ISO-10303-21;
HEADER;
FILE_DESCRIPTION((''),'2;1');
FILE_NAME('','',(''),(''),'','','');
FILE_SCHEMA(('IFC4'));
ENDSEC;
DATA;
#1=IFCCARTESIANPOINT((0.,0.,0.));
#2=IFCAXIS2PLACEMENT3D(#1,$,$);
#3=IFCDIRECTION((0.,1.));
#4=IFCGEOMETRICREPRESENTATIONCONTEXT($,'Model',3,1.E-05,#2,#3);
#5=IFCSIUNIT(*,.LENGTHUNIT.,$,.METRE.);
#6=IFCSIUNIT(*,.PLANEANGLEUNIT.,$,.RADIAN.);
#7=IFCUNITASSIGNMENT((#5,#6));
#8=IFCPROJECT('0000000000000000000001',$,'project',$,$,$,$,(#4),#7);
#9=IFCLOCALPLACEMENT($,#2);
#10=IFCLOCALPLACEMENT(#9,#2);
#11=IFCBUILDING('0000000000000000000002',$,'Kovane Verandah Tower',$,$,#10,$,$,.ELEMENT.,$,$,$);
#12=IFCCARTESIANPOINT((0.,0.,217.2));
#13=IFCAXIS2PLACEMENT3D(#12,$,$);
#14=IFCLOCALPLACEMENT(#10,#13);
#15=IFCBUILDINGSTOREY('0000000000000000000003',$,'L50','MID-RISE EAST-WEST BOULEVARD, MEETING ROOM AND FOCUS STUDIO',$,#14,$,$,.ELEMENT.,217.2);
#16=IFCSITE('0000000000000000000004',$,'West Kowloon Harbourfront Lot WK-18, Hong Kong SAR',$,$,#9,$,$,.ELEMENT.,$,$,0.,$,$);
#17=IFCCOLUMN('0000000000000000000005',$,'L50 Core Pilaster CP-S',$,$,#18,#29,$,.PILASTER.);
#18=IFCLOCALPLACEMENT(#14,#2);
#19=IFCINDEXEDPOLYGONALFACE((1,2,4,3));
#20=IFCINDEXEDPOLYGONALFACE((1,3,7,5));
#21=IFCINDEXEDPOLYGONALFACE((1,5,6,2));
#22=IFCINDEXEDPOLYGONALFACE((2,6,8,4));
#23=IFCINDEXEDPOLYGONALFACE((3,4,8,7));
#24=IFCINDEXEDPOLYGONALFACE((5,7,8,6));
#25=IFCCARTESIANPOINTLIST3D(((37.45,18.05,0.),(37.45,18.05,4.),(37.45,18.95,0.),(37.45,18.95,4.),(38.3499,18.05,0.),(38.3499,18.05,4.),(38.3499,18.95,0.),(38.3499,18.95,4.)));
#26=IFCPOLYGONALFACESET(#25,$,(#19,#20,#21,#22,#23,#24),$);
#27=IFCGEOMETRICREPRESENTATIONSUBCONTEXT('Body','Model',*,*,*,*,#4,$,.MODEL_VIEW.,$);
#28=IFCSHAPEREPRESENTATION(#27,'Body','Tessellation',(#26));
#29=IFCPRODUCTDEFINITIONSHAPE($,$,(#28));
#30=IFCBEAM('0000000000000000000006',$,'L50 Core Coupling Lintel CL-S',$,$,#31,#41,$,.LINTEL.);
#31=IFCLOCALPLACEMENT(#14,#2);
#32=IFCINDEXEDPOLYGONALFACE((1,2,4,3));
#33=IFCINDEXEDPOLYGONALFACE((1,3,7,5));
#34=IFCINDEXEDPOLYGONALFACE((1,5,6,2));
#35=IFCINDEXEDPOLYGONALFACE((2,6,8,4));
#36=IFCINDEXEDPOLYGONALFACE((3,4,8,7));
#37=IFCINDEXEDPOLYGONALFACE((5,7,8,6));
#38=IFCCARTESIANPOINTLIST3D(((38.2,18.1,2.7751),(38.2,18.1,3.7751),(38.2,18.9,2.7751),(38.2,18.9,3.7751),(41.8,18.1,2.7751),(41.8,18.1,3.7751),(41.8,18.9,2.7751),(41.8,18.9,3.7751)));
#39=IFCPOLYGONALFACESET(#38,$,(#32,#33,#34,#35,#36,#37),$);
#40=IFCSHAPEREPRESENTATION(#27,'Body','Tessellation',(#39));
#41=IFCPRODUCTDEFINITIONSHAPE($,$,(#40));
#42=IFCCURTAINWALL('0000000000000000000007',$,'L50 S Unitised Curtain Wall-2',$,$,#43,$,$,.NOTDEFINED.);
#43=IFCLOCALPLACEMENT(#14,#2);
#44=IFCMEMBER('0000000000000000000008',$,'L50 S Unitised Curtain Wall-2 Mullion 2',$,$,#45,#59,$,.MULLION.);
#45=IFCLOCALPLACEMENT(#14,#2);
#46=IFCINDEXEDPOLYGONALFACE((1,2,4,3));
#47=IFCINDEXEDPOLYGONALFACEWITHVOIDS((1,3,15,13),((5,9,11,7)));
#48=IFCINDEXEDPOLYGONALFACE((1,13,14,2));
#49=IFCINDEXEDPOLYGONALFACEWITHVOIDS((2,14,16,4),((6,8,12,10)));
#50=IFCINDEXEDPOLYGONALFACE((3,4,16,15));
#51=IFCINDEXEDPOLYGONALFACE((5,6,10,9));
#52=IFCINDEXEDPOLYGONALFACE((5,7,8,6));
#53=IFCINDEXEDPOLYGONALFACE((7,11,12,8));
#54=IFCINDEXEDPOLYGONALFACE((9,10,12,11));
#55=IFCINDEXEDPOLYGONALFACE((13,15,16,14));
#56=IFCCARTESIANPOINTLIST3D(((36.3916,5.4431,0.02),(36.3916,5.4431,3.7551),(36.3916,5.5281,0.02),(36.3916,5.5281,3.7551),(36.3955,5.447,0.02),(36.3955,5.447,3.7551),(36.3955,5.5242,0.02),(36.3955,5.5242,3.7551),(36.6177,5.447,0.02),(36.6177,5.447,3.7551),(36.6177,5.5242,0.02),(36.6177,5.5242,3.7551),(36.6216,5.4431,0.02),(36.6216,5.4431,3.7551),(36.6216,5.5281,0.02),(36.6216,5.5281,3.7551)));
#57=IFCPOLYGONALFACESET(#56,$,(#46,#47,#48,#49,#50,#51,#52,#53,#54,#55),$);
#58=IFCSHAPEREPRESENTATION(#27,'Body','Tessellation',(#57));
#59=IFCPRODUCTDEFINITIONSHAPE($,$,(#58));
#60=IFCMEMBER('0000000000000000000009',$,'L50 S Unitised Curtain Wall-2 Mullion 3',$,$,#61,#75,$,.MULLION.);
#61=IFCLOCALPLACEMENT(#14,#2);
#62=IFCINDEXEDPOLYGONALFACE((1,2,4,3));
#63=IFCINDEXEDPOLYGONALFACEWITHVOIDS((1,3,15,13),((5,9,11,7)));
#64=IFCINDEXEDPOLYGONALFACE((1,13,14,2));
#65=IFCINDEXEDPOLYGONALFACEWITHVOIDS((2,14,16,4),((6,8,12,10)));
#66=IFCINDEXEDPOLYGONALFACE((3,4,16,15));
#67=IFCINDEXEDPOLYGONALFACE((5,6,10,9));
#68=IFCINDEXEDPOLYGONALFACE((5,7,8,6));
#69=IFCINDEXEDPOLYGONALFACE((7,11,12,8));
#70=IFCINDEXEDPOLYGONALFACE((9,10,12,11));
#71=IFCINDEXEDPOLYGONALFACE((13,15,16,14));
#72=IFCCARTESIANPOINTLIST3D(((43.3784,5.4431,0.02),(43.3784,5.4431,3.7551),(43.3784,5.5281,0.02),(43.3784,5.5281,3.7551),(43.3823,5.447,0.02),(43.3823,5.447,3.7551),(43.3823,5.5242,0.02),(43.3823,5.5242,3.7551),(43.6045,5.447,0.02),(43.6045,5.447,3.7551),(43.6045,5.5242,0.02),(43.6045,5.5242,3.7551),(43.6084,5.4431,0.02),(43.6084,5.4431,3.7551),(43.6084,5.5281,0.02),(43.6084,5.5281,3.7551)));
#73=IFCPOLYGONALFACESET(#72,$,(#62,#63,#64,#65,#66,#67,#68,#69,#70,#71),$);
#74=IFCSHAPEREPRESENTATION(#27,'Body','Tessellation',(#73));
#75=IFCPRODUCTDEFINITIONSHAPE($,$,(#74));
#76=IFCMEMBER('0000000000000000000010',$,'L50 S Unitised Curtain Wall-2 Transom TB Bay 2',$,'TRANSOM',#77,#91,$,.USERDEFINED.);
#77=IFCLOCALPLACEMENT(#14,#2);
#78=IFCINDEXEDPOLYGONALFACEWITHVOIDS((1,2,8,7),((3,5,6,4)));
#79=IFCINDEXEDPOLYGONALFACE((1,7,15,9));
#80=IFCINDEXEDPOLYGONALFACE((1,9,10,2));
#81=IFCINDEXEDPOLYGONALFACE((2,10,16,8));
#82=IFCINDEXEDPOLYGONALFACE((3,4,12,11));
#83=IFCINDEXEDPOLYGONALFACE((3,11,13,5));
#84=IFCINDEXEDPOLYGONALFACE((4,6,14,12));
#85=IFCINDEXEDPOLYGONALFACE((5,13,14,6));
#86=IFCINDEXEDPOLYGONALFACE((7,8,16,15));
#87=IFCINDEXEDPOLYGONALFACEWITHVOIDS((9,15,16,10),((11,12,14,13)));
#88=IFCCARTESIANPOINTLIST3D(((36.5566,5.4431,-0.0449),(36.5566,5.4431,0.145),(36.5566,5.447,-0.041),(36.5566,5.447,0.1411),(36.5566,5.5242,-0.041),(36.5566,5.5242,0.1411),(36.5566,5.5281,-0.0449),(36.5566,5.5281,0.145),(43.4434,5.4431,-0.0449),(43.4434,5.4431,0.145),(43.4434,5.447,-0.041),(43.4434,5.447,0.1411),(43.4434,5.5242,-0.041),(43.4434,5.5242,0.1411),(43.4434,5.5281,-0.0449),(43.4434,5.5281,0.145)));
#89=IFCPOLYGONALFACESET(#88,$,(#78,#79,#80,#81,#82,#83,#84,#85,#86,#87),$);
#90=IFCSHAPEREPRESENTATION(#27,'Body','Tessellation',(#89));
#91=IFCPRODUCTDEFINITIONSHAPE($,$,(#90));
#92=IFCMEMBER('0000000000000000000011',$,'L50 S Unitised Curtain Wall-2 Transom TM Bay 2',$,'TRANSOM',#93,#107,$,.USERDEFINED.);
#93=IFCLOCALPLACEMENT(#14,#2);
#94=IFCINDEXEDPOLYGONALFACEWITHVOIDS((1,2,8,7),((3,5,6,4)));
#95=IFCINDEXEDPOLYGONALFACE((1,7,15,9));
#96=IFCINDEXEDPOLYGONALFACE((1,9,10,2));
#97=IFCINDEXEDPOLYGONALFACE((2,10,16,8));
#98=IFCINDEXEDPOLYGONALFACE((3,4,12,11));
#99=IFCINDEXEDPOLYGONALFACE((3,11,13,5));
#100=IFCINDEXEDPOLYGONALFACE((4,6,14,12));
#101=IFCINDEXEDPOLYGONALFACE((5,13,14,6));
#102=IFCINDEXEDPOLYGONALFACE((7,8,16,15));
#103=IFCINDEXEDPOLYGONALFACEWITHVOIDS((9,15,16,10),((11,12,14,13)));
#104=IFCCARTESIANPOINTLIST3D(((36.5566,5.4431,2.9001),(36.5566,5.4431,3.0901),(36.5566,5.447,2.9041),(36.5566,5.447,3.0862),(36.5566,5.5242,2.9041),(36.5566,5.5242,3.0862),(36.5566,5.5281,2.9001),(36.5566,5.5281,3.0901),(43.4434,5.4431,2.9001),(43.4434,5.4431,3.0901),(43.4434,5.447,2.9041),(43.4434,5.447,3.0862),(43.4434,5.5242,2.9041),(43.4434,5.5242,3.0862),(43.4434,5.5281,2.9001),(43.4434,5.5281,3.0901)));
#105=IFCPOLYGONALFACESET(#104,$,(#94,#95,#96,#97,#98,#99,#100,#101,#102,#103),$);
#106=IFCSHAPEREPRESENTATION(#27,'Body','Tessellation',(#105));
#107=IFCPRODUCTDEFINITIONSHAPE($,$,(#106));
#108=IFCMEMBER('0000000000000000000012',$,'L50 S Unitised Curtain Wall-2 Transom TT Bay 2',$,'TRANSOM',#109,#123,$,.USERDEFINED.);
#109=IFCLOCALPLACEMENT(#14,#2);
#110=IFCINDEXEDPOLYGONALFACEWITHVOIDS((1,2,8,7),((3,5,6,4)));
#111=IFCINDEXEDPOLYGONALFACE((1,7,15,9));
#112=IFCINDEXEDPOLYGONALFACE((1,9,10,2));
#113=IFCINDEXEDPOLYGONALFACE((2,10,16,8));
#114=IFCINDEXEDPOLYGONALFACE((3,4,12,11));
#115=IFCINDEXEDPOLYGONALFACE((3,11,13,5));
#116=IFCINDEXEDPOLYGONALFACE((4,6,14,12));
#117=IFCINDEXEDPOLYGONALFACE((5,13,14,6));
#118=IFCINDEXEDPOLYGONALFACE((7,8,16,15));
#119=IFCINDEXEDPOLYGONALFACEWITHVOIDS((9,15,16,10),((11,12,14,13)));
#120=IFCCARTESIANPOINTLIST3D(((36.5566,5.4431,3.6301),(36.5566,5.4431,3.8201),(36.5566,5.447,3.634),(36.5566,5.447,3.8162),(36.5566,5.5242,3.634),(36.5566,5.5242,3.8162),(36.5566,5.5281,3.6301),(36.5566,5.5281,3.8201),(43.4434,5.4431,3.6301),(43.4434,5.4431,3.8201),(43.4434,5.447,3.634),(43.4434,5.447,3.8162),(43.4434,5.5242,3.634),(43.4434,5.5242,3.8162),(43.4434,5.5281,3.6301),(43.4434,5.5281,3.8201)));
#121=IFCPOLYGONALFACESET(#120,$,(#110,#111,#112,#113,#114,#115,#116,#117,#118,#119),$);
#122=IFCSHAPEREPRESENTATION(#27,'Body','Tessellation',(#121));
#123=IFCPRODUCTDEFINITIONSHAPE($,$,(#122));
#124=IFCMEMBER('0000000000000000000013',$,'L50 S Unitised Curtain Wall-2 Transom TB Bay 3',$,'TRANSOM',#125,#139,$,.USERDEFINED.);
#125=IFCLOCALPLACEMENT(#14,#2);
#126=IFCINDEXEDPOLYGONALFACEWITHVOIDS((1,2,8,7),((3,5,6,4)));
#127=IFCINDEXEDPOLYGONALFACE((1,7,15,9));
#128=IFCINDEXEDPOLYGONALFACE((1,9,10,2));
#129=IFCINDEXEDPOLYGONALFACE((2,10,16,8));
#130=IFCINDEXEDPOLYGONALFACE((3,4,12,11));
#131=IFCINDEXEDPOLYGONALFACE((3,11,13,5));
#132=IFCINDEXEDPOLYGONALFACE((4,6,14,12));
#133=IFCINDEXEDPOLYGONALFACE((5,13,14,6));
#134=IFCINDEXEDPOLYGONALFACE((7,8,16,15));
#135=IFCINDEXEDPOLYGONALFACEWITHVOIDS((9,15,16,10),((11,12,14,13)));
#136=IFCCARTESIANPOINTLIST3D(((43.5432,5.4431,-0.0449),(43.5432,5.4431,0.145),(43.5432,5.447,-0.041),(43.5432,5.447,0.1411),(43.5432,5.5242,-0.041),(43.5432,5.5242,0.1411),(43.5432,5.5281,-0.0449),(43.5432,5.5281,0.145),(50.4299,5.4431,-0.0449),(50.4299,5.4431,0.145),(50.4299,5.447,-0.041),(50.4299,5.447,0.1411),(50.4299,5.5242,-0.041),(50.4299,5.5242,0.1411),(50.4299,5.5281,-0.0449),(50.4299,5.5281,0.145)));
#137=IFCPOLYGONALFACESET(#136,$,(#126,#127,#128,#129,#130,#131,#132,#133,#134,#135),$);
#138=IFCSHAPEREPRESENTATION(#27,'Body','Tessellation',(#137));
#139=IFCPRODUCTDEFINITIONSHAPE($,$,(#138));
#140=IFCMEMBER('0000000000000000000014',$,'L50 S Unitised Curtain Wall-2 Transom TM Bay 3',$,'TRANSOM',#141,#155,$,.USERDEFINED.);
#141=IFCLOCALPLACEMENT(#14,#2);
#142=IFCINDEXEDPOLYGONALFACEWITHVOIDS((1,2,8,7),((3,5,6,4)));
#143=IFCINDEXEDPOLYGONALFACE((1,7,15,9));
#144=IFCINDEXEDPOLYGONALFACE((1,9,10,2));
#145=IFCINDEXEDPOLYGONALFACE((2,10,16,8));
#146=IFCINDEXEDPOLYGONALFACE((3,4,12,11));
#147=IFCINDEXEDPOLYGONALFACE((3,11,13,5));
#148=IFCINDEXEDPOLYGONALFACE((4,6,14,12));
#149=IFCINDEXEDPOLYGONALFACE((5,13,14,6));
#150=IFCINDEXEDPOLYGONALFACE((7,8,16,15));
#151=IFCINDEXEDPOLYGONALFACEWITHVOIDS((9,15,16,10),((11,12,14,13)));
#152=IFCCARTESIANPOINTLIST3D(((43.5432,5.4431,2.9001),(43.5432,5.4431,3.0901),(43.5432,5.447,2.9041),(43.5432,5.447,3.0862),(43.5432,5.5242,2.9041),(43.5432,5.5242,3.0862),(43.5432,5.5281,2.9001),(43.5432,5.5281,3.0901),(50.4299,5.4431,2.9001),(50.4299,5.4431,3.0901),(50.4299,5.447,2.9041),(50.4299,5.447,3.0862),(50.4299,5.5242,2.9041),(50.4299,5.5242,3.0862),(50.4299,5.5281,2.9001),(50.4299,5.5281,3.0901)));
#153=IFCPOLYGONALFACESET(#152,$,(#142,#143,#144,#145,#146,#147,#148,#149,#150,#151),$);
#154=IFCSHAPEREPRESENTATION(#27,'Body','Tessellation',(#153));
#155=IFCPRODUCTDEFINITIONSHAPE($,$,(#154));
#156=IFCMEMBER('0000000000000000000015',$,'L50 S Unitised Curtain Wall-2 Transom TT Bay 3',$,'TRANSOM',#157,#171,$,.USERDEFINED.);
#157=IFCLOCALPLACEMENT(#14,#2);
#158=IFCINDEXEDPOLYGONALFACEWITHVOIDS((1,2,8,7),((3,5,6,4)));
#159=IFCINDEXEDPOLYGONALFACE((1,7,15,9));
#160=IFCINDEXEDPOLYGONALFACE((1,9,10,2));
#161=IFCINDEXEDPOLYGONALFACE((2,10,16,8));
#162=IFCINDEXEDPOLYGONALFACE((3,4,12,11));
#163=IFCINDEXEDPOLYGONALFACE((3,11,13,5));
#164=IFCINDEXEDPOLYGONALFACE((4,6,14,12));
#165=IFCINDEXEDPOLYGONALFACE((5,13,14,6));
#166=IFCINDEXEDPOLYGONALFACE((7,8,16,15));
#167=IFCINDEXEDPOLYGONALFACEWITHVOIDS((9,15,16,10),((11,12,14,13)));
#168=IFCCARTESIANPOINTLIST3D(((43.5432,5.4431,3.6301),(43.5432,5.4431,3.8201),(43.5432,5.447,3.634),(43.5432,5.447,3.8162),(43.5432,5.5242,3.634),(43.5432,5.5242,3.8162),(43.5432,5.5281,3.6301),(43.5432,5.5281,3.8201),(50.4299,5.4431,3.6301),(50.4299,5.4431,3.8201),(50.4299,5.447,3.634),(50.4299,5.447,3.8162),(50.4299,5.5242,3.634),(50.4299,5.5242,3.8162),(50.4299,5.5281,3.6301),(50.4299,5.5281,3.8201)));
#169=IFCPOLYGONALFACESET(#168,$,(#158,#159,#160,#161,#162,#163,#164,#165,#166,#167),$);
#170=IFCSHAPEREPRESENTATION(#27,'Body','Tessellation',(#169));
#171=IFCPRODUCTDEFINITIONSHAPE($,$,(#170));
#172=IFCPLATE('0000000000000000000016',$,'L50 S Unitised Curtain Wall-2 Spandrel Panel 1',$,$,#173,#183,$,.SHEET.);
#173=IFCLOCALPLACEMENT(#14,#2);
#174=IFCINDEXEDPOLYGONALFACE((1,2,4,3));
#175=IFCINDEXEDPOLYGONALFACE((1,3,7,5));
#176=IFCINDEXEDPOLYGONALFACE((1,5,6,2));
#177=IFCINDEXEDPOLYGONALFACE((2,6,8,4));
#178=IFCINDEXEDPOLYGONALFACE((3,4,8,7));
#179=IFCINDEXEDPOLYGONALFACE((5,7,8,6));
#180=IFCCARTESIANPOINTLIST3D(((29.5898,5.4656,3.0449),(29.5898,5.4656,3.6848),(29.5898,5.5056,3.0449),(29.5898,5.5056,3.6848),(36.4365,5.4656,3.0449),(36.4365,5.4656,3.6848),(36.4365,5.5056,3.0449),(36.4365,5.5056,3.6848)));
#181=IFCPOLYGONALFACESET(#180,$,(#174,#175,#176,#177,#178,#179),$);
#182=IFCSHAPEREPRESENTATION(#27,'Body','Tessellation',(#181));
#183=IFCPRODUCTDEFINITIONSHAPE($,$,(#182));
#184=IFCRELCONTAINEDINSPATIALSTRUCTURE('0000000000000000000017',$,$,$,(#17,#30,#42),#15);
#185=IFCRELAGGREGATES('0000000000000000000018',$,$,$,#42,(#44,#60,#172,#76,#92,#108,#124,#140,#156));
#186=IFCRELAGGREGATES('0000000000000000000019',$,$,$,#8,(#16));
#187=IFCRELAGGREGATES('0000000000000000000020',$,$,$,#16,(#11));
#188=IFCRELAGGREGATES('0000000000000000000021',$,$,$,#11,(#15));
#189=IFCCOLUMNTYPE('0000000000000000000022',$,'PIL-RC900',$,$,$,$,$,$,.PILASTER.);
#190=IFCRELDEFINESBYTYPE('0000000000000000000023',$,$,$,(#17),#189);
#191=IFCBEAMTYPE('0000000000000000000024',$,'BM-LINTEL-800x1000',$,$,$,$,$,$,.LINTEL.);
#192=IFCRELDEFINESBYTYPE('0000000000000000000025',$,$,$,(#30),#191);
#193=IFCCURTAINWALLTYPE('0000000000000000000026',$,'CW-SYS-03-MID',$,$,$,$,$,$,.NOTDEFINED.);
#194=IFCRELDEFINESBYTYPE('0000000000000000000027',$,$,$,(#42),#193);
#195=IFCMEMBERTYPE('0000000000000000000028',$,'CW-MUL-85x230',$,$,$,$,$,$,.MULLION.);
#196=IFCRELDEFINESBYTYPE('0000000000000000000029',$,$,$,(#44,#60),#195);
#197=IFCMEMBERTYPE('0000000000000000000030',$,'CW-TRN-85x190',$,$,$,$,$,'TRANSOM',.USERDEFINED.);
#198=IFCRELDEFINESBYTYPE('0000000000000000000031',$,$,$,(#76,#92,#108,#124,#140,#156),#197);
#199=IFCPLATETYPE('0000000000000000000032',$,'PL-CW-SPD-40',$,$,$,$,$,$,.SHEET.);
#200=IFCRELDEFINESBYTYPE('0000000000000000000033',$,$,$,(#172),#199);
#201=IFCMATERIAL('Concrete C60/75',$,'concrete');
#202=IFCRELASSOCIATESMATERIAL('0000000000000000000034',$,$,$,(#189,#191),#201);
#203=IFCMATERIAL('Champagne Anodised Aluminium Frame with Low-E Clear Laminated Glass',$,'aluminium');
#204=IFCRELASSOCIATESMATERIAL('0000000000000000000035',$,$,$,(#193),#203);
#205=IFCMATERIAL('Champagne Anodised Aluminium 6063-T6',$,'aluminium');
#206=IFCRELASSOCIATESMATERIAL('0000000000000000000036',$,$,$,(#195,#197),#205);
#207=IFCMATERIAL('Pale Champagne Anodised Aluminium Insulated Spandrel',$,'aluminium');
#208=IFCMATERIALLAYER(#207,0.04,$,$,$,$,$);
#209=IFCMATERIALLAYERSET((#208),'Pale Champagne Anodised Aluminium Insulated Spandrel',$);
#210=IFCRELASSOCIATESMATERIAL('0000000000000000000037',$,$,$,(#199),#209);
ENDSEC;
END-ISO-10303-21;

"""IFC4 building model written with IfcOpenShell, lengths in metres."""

from ifc_helpers import new_model, si_unit, direction, frame, origin, origin_2d, place, context, subcontext, project, spatial, rectangle, hollow_rectangle, extrude, material, layer, layer_set, material_profile, profile_set, type_object, element, aggregate, save


model = new_model("IFC4")

# Units and contexts
model_context = context("Model", 3, precision=1e-05, world=origin(), true_north=direction((0.0, 1.0)))
body_context = subcontext(model_context, "Body", "Model", "MODEL_VIEW")
ifc_project = project(units=[si_unit("LENGTHUNIT", "METRE"), si_unit("PLANEANGLEUNIT", "RADIAN")], contexts=[model_context])

# Site, building, storey
site_placement = place(None, origin())
site = spatial("IfcSite", under=ifc_project, at=site_placement, Name="West Kowloon Harbourfront Lot WK-18, Hong Kong SAR", CompositionType="ELEMENT", RefElevation=0.0)
building_placement = place(site_placement, origin())
building = spatial("IfcBuilding", under=site, at=building_placement, Name="Kovane Verandah Tower", CompositionType="ELEMENT")
storey_placement = place(building_placement, frame((0.0, 0.0, 217.2)))
storey = spatial("IfcBuildingStorey", under=building, at=storey_placement, Name="L50", Description="MID-RISE EAST-WEST BOULEVARD, MEETING ROOM AND FOCUS STUDIO", CompositionType="ELEMENT", Elevation=217.2)

# Column
ifc_material_1 = material(Name="Concrete C60/75", Category="concrete")
ifc_material_profile_1 = material_profile(ifc_material_1, rectangle(XDim=0.8999, YDim=0.8999, at=origin_2d()), Name="RC900x900")
ifc_profile_set_1 = profile_set([ifc_material_profile_1], Name="Concrete C60/75")
column_type = type_object("IfcColumnType", Name="PIL-RC900", PredefinedType="PILASTER", material=ifc_profile_set_1)
column_placement = place(storey_placement, frame((37.8999, 18.5, 0.0), z_axis=(0.0, 0.0, 1.0), x_axis=(1.0, 0.0, 0.0)))
element("IfcColumn", 1, at=column_placement, inside=storey, type_object=column_type, Name="L50 Core Pilaster CP-S", PredefinedType="PILASTER", context=body_context, shape_type="SweptSolid", body=[
    extrude(rectangle(XDim=0.8999, YDim=0.8999, at=origin_2d()), origin(), (0.0, 0.0, 1.0), 4.0),
])

# Beam
ifc_material_profile_2 = material_profile(ifc_material_1, rectangle(XDim=0.8, YDim=1.0, at=origin_2d()), Name="RCB800x1000")
ifc_profile_set_2 = profile_set([ifc_material_profile_2], Name="Concrete C60/75")
beam_type = type_object("IfcBeamType", Name="BM-LINTEL-800x1000", PredefinedType="LINTEL", material=ifc_profile_set_2)
beam_placement = place(storey_placement, frame((38.2, 18.5, 3.2751), z_axis=(1.0, 0.0, 0.0), x_axis=(0.0, 1.0, 0.0)))
element("IfcBeam", 2, at=beam_placement, inside=storey, type_object=beam_type, Name="L50 Core Coupling Lintel CL-S", PredefinedType="LINTEL", context=body_context, shape_type="SweptSolid", body=[
    extrude(rectangle(XDim=0.8, YDim=1.0, at=origin_2d()), origin(), (0.0, 0.0, 1.0), 3.6001),
])

# Curtain wall, members, plate
ifc_material_2 = material(Name="Champagne Anodised Aluminium Frame with Low-E Clear Laminated Glass", Category="aluminium")
curtain_wall_type = type_object("IfcCurtainWallType", Name="CW-SYS-03-MID", PredefinedType="NOTDEFINED", material=ifc_material_2)
curtain_wall_placement = place(storey_placement, origin())
curtain_wall = element("IfcCurtainWall", 3, at=curtain_wall_placement, inside=storey, type_object=curtain_wall_type, Name="L50 S Unitised Curtain Wall-2", PredefinedType="NOTDEFINED")
ifc_material_3 = material(Name="Champagne Anodised Aluminium 6063-T6", Category="aluminium")
ifc_material_profile_3 = material_profile(ifc_material_3, hollow_rectangle(XDim=0.085, YDim=0.23, WallThickness=0.0039, at=origin_2d()), Name="AL85x230x4")
ifc_profile_set_3 = profile_set([ifc_material_profile_3], Name="Champagne Anodised Aluminium 6063-T6")
member_type_1 = type_object("IfcMemberType", Name="CW-MUL-85x230", PredefinedType="MULLION", material=ifc_profile_set_3)
member_1_placement = place(storey_placement, frame((36.5066, 5.4856, 0.02), z_axis=(0.0, 0.0, 1.0), x_axis=(0.0, -1.0, 0.0)))
member_1 = element("IfcMember", 4, at=member_1_placement, type_object=member_type_1, Name="L50 S Unitised Curtain Wall-2 Mullion 2", PredefinedType="MULLION", context=body_context, shape_type="SweptSolid", body=[
    extrude(hollow_rectangle(XDim=0.085, YDim=0.23, WallThickness=0.0039, at=origin_2d()), origin(), (0.0, 0.0, 1.0), 3.7351),
])
member_2_placement = place(storey_placement, frame((43.4934, 5.4856, 0.02), z_axis=(0.0, 0.0, 1.0), x_axis=(0.0, -1.0, 0.0)))
member_2 = element("IfcMember", 5, at=member_2_placement, type_object=member_type_1, Name="L50 S Unitised Curtain Wall-2 Mullion 3", PredefinedType="MULLION", context=body_context, shape_type="SweptSolid", body=[
    extrude(hollow_rectangle(XDim=0.085, YDim=0.23, WallThickness=0.0039, at=origin_2d()), origin(), (0.0, 0.0, 1.0), 3.7351),
])
ifc_material_profile_4 = material_profile(ifc_material_3, hollow_rectangle(XDim=0.085, YDim=0.1899, WallThickness=0.0039, at=origin_2d()), Name="AL85x190x4")
ifc_profile_set_4 = profile_set([ifc_material_profile_4], Name="Champagne Anodised Aluminium 6063-T6")
member_type_2 = type_object("IfcMemberType", Name="CW-TRN-85x190", ElementType="TRANSOM", PredefinedType="USERDEFINED", material=ifc_profile_set_4)
member_3_placement = place(storey_placement, frame((36.5566, 5.4856, 0.05), z_axis=(1.0, 0.0, 0.0), x_axis=(0.0, 1.0, 0.0)))
member_3 = element("IfcMember", 6, at=member_3_placement, type_object=member_type_2, Name="L50 S Unitised Curtain Wall-2 Transom TB Bay 2", ObjectType="TRANSOM", PredefinedType="USERDEFINED", context=body_context, shape_type="SweptSolid", body=[
    extrude(hollow_rectangle(XDim=0.085, YDim=0.1899, WallThickness=0.0039, at=origin_2d()), origin(), (0.0, 0.0, 1.0), 6.8867),
])
member_4_placement = place(storey_placement, frame((36.5566, 5.4856, 2.9951), z_axis=(1.0, 0.0, 0.0), x_axis=(0.0, 1.0, 0.0)))
member_4 = element("IfcMember", 7, at=member_4_placement, type_object=member_type_2, Name="L50 S Unitised Curtain Wall-2 Transom TM Bay 2", ObjectType="TRANSOM", PredefinedType="USERDEFINED", context=body_context, shape_type="SweptSolid", body=[
    extrude(hollow_rectangle(XDim=0.085, YDim=0.1899, WallThickness=0.0039, at=origin_2d()), origin(), (0.0, 0.0, 1.0), 6.8867),
])
member_5_placement = place(storey_placement, frame((36.5566, 5.4856, 3.7251), z_axis=(1.0, 0.0, 0.0), x_axis=(0.0, 1.0, 0.0)))
member_5 = element("IfcMember", 8, at=member_5_placement, type_object=member_type_2, Name="L50 S Unitised Curtain Wall-2 Transom TT Bay 2", ObjectType="TRANSOM", PredefinedType="USERDEFINED", context=body_context, shape_type="SweptSolid", body=[
    extrude(hollow_rectangle(XDim=0.085, YDim=0.1899, WallThickness=0.0039, at=origin_2d()), origin(), (0.0, 0.0, 1.0), 6.8867),
])
member_6_placement = place(storey_placement, frame((43.5432, 5.4856, 0.05), z_axis=(1.0, 0.0, 0.0), x_axis=(0.0, 1.0, 0.0)))
member_6 = element("IfcMember", 9, at=member_6_placement, type_object=member_type_2, Name="L50 S Unitised Curtain Wall-2 Transom TB Bay 3", ObjectType="TRANSOM", PredefinedType="USERDEFINED", context=body_context, shape_type="SweptSolid", body=[
    extrude(hollow_rectangle(XDim=0.085, YDim=0.1899, WallThickness=0.0039, at=origin_2d()), origin(), (0.0, 0.0, 1.0), 6.8867),
])
member_7_placement = place(storey_placement, frame((43.5432, 5.4856, 2.9951), z_axis=(1.0, 0.0, 0.0), x_axis=(0.0, 1.0, 0.0)))
member_7 = element("IfcMember", 10, at=member_7_placement, type_object=member_type_2, Name="L50 S Unitised Curtain Wall-2 Transom TM Bay 3", ObjectType="TRANSOM", PredefinedType="USERDEFINED", context=body_context, shape_type="SweptSolid", body=[
    extrude(hollow_rectangle(XDim=0.085, YDim=0.1899, WallThickness=0.0039, at=origin_2d()), origin(), (0.0, 0.0, 1.0), 6.8867),
])
member_8_placement = place(storey_placement, frame((43.5432, 5.4856, 3.7251), z_axis=(1.0, 0.0, 0.0), x_axis=(0.0, 1.0, 0.0)))
member_8 = element("IfcMember", 11, at=member_8_placement, type_object=member_type_2, Name="L50 S Unitised Curtain Wall-2 Transom TT Bay 3", ObjectType="TRANSOM", PredefinedType="USERDEFINED", context=body_context, shape_type="SweptSolid", body=[
    extrude(hollow_rectangle(XDim=0.085, YDim=0.1899, WallThickness=0.0039, at=origin_2d()), origin(), (0.0, 0.0, 1.0), 6.8867),
])
ifc_material_4 = material(Name="Pale Champagne Anodised Aluminium Insulated Spandrel", Category="aluminium")
ifc_layer_1 = layer(ifc_material_4, 0.04)
ifc_layer_set_1 = layer_set([ifc_layer_1], Name="Pale Champagne Anodised Aluminium Insulated Spandrel")
plate_type_1 = type_object("IfcPlateType", Name="PL-CW-SPD-40", PredefinedType="SHEET", material=ifc_layer_set_1)
plate_1_placement = place(storey_placement, frame((33.0132, 5.4856, 3.0449), z_axis=(0.0, 0.0, 1.0), x_axis=(1.0, 0.0, 0.0)))
plate_1 = element("IfcPlate", 12, at=plate_1_placement, type_object=plate_type_1, Name="L50 S Unitised Curtain Wall-2 Spandrel Panel 1", PredefinedType="SHEET", context=body_context, shape_type="SweptSolid", body=[
    extrude(rectangle(XDim=6.8467, YDim=0.04, at=origin_2d()), origin(), (0.0, 0.0, 1.0), 0.6399),
])
aggregate(curtain_wall, [member_1, member_2, plate_1, member_3, member_4, member_5, member_6, member_7, member_8])

save(model, "model.ifc")
